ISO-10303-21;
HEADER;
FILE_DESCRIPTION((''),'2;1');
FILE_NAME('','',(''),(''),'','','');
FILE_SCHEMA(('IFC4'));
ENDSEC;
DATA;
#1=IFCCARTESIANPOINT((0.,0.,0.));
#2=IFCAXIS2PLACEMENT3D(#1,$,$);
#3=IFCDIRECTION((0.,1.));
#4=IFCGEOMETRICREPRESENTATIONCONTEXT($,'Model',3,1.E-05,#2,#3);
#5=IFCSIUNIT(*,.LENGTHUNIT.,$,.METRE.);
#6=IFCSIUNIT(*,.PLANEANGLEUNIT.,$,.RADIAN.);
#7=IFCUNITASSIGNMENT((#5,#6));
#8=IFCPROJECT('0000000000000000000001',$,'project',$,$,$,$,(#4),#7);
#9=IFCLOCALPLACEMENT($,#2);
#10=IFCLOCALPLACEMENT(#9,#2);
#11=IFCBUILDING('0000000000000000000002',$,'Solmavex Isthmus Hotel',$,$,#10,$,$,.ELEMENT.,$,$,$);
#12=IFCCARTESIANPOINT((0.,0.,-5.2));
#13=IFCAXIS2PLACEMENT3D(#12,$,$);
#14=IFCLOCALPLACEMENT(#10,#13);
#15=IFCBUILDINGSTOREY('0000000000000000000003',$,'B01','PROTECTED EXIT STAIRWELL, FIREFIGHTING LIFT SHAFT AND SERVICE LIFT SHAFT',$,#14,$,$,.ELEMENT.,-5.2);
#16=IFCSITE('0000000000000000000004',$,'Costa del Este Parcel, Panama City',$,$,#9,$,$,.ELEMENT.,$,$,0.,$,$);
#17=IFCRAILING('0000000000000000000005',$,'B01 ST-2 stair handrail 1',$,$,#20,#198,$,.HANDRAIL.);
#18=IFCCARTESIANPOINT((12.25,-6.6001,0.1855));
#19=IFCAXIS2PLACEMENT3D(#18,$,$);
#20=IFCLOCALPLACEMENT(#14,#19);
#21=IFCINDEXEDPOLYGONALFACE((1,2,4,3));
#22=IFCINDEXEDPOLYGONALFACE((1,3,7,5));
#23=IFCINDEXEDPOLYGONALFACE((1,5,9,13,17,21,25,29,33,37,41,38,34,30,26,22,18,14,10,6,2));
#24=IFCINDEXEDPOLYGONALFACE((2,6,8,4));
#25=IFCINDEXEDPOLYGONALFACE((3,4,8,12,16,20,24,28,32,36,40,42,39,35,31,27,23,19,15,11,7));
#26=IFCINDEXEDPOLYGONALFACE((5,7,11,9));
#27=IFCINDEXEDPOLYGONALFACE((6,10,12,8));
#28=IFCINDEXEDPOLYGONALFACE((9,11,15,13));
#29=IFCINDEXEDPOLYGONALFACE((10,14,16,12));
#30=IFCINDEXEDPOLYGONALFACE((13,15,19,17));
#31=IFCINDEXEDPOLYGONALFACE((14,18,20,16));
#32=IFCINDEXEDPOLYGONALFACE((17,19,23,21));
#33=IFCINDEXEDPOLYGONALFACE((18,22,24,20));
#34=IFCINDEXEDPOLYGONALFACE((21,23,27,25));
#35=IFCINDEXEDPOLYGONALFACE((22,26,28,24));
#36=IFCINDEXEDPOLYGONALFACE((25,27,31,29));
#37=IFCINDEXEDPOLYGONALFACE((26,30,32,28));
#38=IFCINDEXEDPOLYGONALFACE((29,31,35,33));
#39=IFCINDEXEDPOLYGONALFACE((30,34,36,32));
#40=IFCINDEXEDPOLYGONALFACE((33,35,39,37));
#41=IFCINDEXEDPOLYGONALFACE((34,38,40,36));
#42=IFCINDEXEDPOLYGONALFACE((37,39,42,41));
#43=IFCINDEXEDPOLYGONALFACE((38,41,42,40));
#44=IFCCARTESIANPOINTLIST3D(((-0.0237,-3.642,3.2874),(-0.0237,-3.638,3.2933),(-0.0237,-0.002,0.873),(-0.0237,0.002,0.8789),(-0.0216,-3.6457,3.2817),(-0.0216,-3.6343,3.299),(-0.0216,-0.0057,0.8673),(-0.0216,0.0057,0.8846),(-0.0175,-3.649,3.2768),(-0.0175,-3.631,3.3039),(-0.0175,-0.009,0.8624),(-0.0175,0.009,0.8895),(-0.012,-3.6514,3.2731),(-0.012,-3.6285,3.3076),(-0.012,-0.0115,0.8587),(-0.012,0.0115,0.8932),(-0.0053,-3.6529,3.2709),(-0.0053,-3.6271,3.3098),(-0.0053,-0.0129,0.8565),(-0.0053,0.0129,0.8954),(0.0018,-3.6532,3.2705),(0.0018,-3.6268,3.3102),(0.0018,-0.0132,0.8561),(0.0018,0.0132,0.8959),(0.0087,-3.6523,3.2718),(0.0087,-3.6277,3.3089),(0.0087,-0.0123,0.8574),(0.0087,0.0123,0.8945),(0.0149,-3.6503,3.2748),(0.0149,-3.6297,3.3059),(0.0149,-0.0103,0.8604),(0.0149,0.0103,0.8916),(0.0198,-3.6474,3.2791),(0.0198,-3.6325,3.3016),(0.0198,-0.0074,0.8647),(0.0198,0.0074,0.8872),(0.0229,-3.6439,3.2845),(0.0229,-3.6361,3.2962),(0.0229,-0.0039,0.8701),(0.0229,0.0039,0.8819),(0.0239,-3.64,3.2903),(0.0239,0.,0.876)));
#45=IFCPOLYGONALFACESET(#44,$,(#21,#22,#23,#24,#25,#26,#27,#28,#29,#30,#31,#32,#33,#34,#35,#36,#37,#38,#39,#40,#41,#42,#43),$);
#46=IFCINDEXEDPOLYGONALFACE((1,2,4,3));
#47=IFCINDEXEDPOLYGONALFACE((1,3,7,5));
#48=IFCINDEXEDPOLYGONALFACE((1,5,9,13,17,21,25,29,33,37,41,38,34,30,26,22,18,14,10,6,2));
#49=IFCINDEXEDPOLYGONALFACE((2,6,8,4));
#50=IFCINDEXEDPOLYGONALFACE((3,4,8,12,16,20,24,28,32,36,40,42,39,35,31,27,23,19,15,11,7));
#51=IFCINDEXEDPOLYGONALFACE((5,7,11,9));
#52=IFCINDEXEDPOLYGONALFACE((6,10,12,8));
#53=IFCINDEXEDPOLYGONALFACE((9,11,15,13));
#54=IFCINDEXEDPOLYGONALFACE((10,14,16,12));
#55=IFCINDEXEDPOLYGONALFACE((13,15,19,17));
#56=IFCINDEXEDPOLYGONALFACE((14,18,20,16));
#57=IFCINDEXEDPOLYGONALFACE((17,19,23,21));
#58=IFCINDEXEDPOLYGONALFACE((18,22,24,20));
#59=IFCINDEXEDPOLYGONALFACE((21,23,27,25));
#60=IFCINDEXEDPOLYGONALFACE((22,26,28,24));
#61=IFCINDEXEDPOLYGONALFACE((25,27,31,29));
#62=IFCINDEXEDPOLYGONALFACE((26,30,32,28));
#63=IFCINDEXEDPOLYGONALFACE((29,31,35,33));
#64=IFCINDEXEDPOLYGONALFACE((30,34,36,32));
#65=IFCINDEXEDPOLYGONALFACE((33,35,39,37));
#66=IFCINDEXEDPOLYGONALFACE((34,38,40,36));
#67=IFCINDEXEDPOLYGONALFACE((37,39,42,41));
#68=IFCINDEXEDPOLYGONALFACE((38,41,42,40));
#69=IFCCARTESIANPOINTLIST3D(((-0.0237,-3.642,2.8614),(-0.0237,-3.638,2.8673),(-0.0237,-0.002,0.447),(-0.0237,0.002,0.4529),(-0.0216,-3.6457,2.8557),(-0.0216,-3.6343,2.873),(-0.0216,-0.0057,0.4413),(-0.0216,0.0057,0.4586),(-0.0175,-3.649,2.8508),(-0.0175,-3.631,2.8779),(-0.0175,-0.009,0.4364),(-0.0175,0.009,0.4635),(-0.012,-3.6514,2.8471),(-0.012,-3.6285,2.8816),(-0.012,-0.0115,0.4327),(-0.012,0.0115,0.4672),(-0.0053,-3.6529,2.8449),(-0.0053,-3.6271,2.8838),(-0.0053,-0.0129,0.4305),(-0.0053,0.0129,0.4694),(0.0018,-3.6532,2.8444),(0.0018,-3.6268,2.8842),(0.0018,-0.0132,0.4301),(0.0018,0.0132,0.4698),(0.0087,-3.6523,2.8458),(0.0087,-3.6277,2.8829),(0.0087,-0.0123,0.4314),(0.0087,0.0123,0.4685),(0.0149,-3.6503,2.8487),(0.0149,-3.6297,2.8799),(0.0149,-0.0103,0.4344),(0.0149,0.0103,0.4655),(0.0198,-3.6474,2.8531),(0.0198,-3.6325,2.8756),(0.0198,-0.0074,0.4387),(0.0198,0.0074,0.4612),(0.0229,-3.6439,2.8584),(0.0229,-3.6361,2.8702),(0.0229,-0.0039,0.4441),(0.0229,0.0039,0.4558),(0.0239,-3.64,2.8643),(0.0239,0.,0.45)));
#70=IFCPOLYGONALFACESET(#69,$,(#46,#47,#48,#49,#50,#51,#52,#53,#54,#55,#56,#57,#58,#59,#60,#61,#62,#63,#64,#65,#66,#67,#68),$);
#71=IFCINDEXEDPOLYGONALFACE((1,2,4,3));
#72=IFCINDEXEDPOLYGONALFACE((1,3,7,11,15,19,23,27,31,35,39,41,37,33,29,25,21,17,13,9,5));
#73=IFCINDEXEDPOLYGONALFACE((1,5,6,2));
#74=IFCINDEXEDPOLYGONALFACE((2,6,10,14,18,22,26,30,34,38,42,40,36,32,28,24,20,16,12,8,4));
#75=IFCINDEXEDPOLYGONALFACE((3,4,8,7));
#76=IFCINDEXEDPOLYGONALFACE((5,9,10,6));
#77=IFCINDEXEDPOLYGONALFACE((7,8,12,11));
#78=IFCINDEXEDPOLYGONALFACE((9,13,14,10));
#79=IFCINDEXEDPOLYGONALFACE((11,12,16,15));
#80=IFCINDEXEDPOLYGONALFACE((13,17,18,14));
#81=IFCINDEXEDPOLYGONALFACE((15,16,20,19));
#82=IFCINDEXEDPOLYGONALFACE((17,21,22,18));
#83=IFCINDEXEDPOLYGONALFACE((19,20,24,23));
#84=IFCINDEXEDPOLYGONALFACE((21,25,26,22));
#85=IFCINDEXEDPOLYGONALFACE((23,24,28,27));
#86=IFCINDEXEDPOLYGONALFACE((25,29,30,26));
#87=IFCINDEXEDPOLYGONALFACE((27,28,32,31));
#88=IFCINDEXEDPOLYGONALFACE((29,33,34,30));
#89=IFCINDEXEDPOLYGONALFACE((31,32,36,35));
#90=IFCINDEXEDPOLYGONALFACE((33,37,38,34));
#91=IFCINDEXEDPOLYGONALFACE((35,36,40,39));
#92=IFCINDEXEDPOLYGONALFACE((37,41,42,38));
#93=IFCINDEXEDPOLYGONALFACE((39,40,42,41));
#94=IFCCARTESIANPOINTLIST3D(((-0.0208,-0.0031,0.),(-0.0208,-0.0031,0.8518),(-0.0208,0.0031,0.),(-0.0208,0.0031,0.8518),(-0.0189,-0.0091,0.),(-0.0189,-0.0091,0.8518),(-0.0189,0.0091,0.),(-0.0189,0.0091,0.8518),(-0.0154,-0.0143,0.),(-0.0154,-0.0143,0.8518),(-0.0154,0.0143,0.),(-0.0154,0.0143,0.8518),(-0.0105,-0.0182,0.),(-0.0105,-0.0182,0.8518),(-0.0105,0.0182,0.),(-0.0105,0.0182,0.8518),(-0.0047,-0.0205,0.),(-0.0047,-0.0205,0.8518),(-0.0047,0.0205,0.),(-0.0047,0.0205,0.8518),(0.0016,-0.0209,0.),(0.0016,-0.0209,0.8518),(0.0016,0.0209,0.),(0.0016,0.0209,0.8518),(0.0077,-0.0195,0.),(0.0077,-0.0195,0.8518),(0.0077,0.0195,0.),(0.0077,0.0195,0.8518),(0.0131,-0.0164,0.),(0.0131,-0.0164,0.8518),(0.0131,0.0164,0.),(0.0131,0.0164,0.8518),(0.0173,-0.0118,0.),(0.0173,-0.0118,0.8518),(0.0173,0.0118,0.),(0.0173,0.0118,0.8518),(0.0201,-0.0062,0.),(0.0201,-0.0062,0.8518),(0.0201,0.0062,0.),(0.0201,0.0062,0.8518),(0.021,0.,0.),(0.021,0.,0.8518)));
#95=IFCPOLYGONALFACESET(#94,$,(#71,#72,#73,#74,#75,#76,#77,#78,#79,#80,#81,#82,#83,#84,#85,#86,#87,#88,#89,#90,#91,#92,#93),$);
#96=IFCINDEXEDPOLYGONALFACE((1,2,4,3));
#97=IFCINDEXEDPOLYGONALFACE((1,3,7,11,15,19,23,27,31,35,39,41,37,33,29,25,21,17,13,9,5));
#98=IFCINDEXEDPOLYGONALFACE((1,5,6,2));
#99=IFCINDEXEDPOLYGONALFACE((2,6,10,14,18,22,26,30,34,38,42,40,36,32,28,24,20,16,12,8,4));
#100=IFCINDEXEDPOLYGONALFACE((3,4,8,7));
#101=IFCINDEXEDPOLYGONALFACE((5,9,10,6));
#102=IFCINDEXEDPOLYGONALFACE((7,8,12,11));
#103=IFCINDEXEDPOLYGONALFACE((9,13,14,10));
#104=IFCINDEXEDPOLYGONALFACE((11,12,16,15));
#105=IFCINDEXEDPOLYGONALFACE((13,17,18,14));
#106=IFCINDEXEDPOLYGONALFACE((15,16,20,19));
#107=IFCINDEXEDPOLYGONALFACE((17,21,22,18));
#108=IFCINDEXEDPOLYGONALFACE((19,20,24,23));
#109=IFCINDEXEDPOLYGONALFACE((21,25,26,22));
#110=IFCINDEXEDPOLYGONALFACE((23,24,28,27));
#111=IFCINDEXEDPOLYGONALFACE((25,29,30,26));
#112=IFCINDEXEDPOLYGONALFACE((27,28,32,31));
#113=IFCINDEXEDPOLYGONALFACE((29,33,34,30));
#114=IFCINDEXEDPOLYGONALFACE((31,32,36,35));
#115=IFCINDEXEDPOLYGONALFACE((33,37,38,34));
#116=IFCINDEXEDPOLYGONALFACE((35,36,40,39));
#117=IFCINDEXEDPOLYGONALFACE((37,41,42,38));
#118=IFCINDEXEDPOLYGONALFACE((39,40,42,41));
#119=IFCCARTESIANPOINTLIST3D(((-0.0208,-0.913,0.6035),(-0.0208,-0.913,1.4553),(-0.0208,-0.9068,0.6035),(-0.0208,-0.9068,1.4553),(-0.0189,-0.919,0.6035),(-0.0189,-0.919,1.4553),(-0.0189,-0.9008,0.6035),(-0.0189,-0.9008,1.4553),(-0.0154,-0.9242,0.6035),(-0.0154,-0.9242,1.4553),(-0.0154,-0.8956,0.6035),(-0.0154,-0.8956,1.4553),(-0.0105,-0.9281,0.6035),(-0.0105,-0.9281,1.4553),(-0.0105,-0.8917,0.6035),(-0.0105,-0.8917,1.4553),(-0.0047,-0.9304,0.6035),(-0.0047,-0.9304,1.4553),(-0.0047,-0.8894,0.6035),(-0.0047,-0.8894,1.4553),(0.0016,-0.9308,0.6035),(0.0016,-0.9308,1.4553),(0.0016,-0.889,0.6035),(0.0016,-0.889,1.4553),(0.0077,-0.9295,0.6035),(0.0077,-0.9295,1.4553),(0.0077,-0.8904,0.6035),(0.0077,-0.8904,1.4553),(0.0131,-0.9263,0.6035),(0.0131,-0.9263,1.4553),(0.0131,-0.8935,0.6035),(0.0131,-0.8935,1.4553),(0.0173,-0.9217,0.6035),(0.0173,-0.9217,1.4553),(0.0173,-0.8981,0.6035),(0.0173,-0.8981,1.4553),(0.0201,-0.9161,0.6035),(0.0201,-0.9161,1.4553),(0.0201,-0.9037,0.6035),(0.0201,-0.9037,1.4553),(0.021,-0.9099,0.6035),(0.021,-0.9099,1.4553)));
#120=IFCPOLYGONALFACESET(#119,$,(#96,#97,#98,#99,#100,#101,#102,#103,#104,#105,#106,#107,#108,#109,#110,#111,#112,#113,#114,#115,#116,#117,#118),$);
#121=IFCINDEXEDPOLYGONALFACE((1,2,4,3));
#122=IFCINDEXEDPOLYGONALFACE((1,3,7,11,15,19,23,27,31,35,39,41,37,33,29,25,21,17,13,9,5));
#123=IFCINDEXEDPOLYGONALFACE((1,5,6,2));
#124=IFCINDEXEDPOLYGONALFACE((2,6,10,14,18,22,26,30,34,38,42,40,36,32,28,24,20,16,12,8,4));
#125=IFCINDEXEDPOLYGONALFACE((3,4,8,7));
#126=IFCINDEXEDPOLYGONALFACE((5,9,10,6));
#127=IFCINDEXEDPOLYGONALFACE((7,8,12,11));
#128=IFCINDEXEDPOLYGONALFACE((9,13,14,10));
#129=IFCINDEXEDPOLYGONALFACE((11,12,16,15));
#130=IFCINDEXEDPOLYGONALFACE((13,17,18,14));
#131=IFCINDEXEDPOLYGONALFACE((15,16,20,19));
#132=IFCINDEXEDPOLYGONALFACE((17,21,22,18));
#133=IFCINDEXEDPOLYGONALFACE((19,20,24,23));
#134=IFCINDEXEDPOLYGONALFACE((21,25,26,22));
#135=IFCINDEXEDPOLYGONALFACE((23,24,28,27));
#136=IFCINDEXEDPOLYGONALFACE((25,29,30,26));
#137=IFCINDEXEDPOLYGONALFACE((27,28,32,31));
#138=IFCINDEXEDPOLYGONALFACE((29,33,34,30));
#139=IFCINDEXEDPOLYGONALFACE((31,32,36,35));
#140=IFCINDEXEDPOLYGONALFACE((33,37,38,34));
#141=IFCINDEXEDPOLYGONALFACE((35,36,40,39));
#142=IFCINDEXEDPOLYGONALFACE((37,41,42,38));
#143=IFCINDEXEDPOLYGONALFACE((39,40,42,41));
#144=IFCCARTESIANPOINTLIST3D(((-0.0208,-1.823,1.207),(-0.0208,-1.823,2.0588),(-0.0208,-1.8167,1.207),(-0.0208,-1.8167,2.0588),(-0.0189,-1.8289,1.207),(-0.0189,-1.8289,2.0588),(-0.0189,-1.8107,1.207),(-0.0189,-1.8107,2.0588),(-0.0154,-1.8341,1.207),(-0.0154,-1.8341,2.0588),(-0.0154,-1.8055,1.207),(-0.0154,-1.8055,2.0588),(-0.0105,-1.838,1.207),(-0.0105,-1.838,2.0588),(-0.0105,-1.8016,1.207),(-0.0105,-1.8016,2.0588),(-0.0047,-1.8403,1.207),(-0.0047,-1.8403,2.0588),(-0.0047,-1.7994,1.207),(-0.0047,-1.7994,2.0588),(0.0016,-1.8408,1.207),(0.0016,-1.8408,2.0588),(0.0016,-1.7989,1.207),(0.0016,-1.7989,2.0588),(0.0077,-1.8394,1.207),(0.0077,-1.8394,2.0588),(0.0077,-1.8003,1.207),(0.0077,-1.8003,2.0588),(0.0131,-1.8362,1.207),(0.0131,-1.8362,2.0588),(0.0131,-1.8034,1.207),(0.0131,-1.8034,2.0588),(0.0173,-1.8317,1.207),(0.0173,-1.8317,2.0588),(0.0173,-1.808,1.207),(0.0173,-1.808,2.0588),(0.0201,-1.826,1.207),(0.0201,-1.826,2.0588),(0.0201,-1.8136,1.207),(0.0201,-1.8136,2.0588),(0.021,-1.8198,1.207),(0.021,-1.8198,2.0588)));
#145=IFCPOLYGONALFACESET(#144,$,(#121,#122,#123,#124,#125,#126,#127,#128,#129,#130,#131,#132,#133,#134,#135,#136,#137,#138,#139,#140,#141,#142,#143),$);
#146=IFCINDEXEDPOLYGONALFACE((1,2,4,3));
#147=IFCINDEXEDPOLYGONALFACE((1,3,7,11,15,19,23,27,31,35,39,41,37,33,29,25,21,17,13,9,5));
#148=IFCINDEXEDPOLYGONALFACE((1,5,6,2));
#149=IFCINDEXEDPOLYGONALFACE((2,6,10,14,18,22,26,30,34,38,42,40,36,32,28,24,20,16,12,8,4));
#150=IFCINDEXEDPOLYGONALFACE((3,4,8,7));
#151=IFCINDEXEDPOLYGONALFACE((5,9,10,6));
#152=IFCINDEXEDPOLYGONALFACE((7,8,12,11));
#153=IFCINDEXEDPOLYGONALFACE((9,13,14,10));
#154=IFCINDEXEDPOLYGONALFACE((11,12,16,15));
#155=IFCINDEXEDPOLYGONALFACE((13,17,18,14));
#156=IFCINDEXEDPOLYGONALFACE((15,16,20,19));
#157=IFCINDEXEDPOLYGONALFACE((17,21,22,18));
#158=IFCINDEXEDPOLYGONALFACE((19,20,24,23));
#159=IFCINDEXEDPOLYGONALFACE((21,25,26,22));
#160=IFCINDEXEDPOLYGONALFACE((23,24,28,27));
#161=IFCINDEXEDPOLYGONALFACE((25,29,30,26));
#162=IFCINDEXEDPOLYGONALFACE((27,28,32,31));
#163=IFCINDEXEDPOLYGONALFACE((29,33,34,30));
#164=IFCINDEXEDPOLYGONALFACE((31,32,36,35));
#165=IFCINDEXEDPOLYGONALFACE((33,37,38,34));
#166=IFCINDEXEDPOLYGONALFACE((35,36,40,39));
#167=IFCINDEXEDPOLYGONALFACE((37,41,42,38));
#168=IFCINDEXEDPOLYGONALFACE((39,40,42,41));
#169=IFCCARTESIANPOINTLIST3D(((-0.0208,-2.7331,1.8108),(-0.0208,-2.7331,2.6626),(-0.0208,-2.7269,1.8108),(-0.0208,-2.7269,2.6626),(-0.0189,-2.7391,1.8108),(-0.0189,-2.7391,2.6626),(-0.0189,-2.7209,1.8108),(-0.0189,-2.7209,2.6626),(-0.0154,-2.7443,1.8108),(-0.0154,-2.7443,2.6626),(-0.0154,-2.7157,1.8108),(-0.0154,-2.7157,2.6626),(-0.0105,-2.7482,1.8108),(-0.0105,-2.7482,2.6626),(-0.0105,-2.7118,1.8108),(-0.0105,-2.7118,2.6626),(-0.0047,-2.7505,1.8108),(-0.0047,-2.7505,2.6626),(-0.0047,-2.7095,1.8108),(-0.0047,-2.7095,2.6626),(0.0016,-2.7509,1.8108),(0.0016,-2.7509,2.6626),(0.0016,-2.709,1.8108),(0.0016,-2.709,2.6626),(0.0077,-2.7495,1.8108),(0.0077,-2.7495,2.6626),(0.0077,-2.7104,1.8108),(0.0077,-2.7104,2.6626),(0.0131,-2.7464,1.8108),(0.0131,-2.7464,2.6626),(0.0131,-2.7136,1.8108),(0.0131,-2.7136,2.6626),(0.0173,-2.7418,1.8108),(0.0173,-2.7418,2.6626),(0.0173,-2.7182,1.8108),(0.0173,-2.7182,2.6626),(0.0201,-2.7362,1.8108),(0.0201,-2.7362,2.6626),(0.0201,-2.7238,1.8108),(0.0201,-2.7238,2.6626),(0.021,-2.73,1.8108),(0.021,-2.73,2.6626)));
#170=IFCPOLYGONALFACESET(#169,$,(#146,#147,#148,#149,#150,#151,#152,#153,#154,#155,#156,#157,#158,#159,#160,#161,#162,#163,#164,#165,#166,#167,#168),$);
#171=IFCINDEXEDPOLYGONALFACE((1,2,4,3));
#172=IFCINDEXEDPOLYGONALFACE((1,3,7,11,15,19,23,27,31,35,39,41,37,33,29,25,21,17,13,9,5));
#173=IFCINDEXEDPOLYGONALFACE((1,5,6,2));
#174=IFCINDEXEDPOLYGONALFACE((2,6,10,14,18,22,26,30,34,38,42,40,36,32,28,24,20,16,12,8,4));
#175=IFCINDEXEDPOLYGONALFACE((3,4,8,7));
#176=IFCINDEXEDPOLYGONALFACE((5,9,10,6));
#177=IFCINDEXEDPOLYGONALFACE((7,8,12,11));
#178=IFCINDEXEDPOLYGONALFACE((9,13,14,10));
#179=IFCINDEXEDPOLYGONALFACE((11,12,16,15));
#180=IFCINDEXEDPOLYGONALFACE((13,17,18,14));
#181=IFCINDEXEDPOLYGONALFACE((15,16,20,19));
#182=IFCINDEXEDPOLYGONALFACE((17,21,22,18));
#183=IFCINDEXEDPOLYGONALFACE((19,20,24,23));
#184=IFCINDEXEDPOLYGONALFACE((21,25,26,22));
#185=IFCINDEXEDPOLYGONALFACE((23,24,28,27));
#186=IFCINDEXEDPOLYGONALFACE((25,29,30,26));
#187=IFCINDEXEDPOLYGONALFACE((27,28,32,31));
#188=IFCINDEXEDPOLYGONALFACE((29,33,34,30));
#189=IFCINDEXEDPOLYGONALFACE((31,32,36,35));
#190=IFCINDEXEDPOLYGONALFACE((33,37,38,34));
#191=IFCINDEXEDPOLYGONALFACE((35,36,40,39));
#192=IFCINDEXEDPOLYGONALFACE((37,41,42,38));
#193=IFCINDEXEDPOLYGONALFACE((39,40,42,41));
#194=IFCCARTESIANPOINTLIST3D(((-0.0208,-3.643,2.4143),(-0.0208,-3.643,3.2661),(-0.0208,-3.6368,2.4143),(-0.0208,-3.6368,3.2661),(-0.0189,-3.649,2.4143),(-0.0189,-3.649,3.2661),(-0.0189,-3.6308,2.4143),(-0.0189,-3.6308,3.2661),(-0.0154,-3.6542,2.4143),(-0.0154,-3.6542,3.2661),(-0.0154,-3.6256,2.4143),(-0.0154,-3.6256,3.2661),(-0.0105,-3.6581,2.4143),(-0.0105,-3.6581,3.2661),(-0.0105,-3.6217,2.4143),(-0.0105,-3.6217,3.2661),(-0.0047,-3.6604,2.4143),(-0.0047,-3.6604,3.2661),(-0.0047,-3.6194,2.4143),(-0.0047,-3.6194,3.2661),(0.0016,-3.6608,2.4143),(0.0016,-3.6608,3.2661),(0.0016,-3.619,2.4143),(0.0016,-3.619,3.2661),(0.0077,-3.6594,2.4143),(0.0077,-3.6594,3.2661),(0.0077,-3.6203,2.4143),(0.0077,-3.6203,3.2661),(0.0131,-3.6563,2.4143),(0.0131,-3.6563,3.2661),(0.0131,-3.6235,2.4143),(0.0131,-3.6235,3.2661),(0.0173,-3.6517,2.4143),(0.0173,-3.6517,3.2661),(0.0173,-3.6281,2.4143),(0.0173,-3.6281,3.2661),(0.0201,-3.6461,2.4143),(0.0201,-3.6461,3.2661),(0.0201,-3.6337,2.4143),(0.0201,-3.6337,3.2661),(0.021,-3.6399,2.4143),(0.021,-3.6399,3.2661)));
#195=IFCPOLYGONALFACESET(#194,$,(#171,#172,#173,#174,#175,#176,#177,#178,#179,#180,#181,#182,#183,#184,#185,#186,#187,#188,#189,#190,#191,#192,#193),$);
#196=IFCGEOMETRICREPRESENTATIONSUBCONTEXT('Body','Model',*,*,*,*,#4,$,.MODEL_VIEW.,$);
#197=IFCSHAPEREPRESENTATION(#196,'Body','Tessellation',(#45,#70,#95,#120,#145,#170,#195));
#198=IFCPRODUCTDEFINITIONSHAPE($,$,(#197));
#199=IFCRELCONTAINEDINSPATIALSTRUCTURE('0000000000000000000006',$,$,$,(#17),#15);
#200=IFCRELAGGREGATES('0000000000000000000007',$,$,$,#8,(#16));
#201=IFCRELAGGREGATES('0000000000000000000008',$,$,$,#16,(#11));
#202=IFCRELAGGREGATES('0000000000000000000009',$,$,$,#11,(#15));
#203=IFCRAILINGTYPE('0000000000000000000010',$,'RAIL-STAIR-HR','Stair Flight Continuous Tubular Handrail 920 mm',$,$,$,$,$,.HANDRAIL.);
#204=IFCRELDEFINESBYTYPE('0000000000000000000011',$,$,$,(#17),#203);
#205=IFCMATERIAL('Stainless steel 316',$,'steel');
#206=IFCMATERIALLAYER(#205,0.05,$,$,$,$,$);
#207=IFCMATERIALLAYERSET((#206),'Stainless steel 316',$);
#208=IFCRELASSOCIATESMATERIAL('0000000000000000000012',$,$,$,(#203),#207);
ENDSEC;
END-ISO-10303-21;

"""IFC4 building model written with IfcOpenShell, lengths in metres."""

from ifc_helpers import new_model, si_unit, direction, frame, origin, origin_2d, place, context, subcontext, project, spatial, circle, extrude, material, layer, layer_set, type_object, element, save


model = new_model("IFC4")

# Units and contexts
model_context = context("Model", 3, precision=1e-05, world=origin(), true_north=direction((0.0, 1.0)))
body_context = subcontext(model_context, "Body", "Model", "MODEL_VIEW")
ifc_project = project(units=[si_unit("LENGTHUNIT", "METRE"), si_unit("PLANEANGLEUNIT", "RADIAN")], contexts=[model_context])

# Site, building, storey
site_placement = place(None, origin())
site = spatial("IfcSite", under=ifc_project, at=site_placement, Name="Costa del Este Parcel, Panama City", CompositionType="ELEMENT", RefElevation=0.0)
building_placement = place(site_placement, origin())
building = spatial("IfcBuilding", under=site, at=building_placement, Name="Solmavex Isthmus Hotel", CompositionType="ELEMENT")
storey_placement = place(building_placement, frame((0.0, 0.0, -5.2)))
storey = spatial("IfcBuildingStorey", under=building, at=storey_placement, Name="B01", Description="PROTECTED EXIT STAIRWELL, FIREFIGHTING LIFT SHAFT AND SERVICE LIFT SHAFT", CompositionType="ELEMENT", Elevation=-5.2)

# Railing
ifc_material_1 = material(Name="Stainless steel 316", Category="steel")
ifc_layer_1 = layer(ifc_material_1, 0.05)
ifc_layer_set_1 = layer_set([ifc_layer_1], Name="Stainless steel 316")
railing_type_1 = type_object("IfcRailingType", Name="RAIL-STAIR-HR", Description="Stair Flight Continuous Tubular Handrail 920 mm", PredefinedType="HANDRAIL", material=ifc_layer_set_1)
railing_1_placement = place(storey_placement, frame((12.25, -6.6001, 0.1855)))
element("IfcRailing", 1, at=railing_1_placement, inside=storey, type_object=railing_type_1, Name="B01 ST-2 stair handrail 1", PredefinedType="HANDRAIL", context=body_context, shape_type="SweptSolid", body=[
    extrude(circle(Radius=0.0239, at=origin_2d()), frame((0.0, 0.0, 0.876), z_axis=(0.0, -0.833347, 0.552751), x_axis=(1.0, 0.0, 0.0)), (0.0, 0.0, 1.0), 4.3679),
    extrude(circle(Radius=0.0239, at=origin_2d()), frame((0.0, 0.0, 0.45), z_axis=(0.0, -0.833347, 0.552751), x_axis=(1.0, 0.0, 0.0)), (0.0, 0.0, 1.0), 4.3679),
    extrude(circle(Radius=0.021, at=origin_2d()), origin(), (0.0, 0.0, 1.0), 0.8518),
    extrude(circle(Radius=0.021, at=origin_2d()), frame((0.0, -0.9099, 0.6035)), (0.0, 0.0, 1.0), 0.8518),
    extrude(circle(Radius=0.021, at=origin_2d()), frame((0.0, -1.8198, 1.207)), (0.0, 0.0, 1.0), 0.8518),
    extrude(circle(Radius=0.021, at=origin_2d()), frame((0.0, -2.73, 1.8108)), (0.0, 0.0, 1.0), 0.8518),
    extrude(circle(Radius=0.021, at=origin_2d()), frame((0.0, -3.6399, 2.4143)), (0.0, 0.0, 1.0), 0.8518),
])

save(model, "model.ifc")
